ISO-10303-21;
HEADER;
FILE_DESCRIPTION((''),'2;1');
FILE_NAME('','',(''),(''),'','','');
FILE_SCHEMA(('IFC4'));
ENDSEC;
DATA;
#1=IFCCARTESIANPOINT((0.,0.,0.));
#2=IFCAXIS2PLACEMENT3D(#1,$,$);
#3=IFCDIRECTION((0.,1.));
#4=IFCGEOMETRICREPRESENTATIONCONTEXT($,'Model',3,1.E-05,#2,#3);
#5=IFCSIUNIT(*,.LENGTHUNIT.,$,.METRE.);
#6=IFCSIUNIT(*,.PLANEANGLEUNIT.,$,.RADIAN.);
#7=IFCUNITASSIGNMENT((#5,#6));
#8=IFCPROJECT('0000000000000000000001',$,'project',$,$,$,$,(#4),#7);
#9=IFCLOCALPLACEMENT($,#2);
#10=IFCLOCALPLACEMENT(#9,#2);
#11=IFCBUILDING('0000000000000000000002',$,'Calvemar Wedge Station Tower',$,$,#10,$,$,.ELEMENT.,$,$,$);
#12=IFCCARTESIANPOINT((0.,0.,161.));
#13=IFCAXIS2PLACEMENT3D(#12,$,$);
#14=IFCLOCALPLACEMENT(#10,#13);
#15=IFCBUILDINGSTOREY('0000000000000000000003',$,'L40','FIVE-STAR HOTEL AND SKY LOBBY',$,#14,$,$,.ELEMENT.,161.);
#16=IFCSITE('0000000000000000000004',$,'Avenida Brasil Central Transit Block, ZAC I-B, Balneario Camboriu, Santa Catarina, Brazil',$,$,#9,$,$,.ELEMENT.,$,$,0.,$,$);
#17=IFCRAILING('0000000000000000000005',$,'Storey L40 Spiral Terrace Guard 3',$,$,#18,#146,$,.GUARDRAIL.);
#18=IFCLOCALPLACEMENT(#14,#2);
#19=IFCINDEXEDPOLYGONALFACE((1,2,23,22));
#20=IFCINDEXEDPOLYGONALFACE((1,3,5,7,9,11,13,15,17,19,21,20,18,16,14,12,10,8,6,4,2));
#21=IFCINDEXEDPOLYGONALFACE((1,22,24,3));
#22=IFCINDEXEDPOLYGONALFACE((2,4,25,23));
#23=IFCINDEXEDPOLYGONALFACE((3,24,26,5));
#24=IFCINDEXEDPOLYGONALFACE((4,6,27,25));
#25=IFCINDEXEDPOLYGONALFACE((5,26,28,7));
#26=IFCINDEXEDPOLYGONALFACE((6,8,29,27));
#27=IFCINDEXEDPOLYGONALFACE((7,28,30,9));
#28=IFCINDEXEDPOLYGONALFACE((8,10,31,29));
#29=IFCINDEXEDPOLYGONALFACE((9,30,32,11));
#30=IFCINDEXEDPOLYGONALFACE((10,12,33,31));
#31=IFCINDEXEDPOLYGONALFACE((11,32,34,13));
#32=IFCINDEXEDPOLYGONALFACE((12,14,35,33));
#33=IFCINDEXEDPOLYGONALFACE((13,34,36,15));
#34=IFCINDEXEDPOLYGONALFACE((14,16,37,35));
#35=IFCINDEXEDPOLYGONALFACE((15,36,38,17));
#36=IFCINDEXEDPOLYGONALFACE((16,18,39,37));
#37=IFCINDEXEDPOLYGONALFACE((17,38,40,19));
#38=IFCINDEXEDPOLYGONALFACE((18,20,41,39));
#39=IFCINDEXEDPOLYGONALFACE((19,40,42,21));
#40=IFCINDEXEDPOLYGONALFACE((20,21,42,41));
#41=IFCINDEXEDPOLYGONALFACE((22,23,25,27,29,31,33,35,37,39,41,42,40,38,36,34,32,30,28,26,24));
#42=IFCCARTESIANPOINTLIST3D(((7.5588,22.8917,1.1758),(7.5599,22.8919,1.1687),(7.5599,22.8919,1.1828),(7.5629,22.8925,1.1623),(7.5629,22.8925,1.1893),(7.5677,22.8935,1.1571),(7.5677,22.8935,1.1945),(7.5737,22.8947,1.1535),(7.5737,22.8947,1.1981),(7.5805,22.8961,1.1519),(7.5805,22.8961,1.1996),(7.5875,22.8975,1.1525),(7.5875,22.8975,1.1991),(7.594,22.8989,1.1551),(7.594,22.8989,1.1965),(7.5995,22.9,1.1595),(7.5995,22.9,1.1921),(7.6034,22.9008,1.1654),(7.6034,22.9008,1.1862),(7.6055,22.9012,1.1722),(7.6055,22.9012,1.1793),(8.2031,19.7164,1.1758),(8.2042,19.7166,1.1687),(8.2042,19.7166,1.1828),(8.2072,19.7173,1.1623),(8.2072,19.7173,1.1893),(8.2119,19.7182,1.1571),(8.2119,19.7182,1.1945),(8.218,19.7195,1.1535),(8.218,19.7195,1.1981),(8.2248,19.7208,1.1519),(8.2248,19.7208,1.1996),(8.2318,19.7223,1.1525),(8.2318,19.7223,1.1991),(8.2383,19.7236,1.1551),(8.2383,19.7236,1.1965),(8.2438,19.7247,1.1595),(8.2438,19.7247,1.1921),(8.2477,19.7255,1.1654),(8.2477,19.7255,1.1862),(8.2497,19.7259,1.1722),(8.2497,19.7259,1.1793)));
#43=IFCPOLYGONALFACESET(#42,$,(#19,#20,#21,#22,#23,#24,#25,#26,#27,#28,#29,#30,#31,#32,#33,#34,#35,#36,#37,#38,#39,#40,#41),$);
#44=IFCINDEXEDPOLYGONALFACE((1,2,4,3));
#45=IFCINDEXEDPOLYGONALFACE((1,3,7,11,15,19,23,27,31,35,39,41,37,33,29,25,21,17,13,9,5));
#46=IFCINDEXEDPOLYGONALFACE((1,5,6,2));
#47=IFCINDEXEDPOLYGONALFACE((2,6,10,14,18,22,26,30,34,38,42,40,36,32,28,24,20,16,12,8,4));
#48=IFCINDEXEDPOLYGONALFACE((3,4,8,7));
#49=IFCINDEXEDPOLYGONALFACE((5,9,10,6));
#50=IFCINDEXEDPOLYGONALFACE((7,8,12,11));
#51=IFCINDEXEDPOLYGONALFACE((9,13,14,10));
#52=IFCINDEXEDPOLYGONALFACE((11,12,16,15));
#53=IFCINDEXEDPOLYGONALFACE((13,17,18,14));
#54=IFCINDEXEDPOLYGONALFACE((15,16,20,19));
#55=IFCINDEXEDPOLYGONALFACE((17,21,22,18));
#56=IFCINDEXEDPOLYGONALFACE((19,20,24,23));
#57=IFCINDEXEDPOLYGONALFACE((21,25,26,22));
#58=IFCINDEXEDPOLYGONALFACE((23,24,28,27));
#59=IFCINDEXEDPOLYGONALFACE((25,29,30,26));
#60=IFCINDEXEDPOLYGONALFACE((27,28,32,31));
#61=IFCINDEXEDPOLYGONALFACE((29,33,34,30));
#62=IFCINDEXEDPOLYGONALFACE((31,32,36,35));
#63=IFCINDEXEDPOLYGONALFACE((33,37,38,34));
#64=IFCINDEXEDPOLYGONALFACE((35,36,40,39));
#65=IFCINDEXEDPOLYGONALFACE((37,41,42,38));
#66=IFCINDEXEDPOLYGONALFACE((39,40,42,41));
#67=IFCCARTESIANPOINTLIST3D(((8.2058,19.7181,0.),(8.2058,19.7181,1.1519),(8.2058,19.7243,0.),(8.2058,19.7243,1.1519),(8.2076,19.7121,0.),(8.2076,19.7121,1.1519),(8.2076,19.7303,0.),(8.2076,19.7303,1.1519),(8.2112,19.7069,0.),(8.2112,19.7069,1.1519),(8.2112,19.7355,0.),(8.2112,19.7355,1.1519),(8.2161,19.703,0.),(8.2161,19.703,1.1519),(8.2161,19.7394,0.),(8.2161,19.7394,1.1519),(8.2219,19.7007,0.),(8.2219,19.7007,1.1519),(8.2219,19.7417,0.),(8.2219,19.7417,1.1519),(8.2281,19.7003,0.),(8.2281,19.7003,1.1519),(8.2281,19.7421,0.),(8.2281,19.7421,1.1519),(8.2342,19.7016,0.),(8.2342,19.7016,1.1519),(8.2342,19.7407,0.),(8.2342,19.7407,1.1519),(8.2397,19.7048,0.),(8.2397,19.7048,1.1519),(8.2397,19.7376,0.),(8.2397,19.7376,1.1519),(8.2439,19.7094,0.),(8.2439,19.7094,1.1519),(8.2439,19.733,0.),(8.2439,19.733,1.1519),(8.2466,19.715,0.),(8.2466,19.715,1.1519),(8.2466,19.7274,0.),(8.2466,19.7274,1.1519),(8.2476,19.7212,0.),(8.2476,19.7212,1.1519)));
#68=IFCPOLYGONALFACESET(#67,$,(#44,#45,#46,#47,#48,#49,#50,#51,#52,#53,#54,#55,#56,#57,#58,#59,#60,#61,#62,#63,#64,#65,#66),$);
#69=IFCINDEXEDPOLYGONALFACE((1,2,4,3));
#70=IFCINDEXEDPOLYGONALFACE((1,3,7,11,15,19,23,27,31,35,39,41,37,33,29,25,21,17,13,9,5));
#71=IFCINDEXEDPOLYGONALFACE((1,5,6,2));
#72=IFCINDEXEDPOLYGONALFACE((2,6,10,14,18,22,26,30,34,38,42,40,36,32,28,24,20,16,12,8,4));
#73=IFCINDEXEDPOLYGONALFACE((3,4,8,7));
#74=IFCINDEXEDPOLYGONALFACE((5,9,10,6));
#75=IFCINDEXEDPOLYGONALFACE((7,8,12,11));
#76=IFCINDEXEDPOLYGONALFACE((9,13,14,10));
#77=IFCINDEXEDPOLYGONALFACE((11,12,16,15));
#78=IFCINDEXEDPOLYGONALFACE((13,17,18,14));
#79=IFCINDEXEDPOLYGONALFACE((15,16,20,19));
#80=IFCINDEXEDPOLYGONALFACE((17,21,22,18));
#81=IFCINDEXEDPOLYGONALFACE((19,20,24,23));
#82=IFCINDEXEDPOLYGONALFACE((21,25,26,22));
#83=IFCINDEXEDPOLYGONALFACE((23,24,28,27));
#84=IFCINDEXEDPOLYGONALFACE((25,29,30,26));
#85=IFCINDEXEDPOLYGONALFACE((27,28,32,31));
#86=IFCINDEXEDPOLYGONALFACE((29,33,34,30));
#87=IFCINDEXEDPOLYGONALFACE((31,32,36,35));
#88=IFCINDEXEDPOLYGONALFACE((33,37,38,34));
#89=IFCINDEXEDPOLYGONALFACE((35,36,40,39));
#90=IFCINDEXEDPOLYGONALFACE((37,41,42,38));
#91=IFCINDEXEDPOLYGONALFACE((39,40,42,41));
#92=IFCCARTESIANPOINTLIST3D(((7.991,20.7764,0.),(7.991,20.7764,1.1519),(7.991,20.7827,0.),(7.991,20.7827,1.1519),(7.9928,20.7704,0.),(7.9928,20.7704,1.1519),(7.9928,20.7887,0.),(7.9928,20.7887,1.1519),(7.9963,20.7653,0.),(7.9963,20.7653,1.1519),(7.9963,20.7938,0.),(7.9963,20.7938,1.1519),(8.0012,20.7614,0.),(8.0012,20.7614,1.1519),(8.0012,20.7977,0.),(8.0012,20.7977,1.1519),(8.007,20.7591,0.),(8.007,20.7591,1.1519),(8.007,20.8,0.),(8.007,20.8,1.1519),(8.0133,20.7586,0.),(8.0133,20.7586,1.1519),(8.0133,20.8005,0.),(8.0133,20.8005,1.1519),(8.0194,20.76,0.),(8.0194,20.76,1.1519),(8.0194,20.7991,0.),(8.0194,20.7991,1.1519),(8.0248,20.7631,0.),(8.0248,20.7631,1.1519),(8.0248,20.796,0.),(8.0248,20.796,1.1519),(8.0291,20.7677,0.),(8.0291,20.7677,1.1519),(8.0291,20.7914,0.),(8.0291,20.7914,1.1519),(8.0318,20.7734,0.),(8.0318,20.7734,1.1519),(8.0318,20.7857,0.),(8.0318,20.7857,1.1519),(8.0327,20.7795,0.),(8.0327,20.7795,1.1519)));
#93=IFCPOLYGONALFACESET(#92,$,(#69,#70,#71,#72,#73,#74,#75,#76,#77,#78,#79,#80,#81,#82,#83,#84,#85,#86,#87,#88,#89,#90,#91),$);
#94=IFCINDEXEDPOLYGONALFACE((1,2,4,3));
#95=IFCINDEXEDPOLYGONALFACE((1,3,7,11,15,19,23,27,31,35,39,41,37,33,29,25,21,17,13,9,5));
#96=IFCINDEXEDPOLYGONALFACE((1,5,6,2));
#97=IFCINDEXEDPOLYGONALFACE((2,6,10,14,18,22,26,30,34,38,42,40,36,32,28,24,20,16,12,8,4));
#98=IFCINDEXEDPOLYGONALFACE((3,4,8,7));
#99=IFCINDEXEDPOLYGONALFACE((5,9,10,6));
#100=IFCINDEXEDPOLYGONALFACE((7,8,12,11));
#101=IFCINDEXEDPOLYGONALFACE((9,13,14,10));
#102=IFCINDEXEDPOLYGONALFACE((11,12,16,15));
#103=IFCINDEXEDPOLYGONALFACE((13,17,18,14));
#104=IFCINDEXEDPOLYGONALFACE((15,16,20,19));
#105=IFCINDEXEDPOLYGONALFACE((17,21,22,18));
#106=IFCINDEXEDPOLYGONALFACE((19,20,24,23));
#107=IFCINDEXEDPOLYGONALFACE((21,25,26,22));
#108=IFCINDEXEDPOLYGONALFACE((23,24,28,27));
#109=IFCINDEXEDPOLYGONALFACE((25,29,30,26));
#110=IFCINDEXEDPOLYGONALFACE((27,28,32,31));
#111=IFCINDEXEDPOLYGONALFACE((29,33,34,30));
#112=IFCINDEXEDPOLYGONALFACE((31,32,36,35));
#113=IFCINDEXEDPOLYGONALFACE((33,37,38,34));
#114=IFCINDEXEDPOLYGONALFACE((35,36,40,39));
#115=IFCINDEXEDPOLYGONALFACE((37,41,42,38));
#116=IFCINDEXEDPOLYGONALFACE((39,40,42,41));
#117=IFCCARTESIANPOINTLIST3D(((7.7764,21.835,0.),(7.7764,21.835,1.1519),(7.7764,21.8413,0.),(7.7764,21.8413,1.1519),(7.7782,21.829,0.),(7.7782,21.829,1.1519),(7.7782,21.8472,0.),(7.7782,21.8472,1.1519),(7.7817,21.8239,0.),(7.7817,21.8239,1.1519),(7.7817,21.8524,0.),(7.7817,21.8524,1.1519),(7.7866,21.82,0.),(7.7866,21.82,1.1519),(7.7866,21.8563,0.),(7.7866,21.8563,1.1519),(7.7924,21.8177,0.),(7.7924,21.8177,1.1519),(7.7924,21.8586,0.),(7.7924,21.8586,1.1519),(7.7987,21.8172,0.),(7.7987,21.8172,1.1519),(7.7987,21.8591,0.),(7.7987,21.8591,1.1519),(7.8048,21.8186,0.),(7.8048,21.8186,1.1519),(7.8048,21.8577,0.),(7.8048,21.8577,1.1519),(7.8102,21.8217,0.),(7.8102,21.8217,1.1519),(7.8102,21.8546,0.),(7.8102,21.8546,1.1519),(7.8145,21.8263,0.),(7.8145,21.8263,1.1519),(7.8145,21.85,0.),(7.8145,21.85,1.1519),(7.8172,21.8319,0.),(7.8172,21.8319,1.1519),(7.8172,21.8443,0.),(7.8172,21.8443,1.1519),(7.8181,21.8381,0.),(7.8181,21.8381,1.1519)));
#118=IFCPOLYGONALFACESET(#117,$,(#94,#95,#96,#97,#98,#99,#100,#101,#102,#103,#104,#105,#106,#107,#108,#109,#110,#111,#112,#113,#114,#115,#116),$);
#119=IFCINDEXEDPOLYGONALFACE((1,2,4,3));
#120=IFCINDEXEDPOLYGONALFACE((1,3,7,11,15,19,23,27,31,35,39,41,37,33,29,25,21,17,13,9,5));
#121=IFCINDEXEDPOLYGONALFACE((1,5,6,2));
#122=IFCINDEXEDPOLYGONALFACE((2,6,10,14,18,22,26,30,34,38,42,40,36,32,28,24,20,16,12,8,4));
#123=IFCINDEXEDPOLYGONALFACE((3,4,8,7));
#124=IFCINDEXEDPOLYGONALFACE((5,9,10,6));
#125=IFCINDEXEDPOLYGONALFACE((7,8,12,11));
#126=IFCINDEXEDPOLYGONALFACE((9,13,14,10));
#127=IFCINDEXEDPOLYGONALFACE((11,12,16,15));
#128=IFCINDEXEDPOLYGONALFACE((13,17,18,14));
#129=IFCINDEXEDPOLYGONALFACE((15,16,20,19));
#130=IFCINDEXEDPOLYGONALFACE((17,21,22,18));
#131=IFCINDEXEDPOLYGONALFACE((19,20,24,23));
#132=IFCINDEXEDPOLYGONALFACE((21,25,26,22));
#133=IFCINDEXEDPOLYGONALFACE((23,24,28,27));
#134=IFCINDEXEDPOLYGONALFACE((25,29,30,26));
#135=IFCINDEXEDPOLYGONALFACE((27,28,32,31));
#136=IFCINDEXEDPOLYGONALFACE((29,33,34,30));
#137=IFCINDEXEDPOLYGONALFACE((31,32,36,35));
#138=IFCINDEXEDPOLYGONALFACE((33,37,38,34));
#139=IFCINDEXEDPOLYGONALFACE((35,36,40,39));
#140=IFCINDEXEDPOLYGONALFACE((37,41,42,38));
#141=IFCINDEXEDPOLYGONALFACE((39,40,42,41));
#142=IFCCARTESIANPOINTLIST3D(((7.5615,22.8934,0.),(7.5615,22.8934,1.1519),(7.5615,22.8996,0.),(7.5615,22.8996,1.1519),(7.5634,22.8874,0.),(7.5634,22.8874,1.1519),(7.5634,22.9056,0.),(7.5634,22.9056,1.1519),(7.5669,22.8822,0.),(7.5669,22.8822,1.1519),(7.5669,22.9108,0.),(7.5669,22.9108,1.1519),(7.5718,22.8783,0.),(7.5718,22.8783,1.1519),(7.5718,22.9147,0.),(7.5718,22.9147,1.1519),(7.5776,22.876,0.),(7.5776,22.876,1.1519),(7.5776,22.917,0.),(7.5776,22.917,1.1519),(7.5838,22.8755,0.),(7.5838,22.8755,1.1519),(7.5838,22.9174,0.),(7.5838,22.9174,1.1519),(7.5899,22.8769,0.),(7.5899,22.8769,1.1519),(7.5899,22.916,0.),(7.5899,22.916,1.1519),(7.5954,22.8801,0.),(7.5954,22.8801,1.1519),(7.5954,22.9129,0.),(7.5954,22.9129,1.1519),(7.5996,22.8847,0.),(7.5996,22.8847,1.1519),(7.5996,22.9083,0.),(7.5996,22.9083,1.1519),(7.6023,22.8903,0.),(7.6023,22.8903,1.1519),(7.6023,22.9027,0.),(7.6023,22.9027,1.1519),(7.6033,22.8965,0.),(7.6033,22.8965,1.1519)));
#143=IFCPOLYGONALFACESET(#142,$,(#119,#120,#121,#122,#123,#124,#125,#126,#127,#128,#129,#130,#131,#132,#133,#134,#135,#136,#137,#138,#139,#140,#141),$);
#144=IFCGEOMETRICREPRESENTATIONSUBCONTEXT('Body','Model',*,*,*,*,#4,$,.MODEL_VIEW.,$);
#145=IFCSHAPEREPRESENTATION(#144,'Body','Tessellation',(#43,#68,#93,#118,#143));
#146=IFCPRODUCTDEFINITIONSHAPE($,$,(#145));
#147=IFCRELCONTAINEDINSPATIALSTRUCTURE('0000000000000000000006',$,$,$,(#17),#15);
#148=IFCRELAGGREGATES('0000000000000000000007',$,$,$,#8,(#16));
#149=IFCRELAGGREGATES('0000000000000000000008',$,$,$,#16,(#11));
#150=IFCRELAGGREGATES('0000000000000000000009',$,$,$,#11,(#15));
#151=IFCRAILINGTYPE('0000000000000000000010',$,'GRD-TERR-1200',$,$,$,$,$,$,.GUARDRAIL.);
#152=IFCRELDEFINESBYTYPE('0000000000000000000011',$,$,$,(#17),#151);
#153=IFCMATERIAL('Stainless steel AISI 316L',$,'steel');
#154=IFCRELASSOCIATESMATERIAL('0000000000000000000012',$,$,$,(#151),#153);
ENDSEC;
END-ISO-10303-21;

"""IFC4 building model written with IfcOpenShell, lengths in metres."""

from ifc_helpers import new_model, si_unit, direction, frame, origin, origin_2d, place, context, subcontext, project, spatial, circle, extrude, material, type_object, element, save


model = new_model("IFC4")

# Units and contexts
model_context = context("Model", 3, precision=1e-05, world=origin(), true_north=direction((0.0, 1.0)))
body_context = subcontext(model_context, "Body", "Model", "MODEL_VIEW")
ifc_project = project(units=[si_unit("LENGTHUNIT", "METRE"), si_unit("PLANEANGLEUNIT", "RADIAN")], contexts=[model_context])

# Site, building, storey
site_placement = place(None, origin())
site = spatial("IfcSite", under=ifc_project, at=site_placement, Name="Avenida Brasil Central Transit Block, ZAC I-B, Balneario Camboriu, Santa Catarina, Brazil", CompositionType="ELEMENT", RefElevation=0.0)
building_placement = place(site_placement, origin())
building = spatial("IfcBuilding", under=site, at=building_placement, Name="Calvemar Wedge Station Tower", CompositionType="ELEMENT")
storey_placement = place(building_placement, frame((0.0, 0.0, 161.0)))
storey = spatial("IfcBuildingStorey", under=building, at=storey_placement, Name="L40", Description="FIVE-STAR HOTEL AND SKY LOBBY", CompositionType="ELEMENT", Elevation=161.0)

# Railing
ifc_material_1 = material(Name="Stainless steel AISI 316L", Category="steel")
railing_type = type_object("IfcRailingType", Name="GRD-TERR-1200", PredefinedType="GUARDRAIL", material=ifc_material_1)
railing_1_placement = place(storey_placement, frame((8.2266, 19.7212, 0.0)))
element("IfcRailing", 1, at=railing_1_placement, inside=storey, type_object=railing_type, Name="Storey L40 Spiral Terrace Guard 3", PredefinedType="GUARDRAIL", context=body_context, shape_type="SweptSolid", body=[
    extrude(circle(Radius=0.0239, at=origin_2d()), frame((0.0, 0.0, 1.1758), z_axis=(-0.198854, 0.980029, 0.0), x_axis=(-0.980029, -0.198854, 0.0)), (0.0, 0.0, 1.0), 3.24),
    extrude(circle(Radius=0.021, at=origin_2d()), origin(), (0.0, 0.0, 1.0), 1.1519),
    extrude(circle(Radius=0.021, at=origin_2d()), frame((-0.2148, 1.0583, 0.0)), (0.0, 0.0, 1.0), 1.1519),
    extrude(circle(Radius=0.021, at=origin_2d()), frame((-0.4294, 2.1169, 0.0)), (0.0, 0.0, 1.0), 1.1519),
    extrude(circle(Radius=0.021, at=origin_2d()), frame((-0.6443, 3.1753, 0.0)), (0.0, 0.0, 1.0), 1.1519),
])

save(model, "model.ifc")
